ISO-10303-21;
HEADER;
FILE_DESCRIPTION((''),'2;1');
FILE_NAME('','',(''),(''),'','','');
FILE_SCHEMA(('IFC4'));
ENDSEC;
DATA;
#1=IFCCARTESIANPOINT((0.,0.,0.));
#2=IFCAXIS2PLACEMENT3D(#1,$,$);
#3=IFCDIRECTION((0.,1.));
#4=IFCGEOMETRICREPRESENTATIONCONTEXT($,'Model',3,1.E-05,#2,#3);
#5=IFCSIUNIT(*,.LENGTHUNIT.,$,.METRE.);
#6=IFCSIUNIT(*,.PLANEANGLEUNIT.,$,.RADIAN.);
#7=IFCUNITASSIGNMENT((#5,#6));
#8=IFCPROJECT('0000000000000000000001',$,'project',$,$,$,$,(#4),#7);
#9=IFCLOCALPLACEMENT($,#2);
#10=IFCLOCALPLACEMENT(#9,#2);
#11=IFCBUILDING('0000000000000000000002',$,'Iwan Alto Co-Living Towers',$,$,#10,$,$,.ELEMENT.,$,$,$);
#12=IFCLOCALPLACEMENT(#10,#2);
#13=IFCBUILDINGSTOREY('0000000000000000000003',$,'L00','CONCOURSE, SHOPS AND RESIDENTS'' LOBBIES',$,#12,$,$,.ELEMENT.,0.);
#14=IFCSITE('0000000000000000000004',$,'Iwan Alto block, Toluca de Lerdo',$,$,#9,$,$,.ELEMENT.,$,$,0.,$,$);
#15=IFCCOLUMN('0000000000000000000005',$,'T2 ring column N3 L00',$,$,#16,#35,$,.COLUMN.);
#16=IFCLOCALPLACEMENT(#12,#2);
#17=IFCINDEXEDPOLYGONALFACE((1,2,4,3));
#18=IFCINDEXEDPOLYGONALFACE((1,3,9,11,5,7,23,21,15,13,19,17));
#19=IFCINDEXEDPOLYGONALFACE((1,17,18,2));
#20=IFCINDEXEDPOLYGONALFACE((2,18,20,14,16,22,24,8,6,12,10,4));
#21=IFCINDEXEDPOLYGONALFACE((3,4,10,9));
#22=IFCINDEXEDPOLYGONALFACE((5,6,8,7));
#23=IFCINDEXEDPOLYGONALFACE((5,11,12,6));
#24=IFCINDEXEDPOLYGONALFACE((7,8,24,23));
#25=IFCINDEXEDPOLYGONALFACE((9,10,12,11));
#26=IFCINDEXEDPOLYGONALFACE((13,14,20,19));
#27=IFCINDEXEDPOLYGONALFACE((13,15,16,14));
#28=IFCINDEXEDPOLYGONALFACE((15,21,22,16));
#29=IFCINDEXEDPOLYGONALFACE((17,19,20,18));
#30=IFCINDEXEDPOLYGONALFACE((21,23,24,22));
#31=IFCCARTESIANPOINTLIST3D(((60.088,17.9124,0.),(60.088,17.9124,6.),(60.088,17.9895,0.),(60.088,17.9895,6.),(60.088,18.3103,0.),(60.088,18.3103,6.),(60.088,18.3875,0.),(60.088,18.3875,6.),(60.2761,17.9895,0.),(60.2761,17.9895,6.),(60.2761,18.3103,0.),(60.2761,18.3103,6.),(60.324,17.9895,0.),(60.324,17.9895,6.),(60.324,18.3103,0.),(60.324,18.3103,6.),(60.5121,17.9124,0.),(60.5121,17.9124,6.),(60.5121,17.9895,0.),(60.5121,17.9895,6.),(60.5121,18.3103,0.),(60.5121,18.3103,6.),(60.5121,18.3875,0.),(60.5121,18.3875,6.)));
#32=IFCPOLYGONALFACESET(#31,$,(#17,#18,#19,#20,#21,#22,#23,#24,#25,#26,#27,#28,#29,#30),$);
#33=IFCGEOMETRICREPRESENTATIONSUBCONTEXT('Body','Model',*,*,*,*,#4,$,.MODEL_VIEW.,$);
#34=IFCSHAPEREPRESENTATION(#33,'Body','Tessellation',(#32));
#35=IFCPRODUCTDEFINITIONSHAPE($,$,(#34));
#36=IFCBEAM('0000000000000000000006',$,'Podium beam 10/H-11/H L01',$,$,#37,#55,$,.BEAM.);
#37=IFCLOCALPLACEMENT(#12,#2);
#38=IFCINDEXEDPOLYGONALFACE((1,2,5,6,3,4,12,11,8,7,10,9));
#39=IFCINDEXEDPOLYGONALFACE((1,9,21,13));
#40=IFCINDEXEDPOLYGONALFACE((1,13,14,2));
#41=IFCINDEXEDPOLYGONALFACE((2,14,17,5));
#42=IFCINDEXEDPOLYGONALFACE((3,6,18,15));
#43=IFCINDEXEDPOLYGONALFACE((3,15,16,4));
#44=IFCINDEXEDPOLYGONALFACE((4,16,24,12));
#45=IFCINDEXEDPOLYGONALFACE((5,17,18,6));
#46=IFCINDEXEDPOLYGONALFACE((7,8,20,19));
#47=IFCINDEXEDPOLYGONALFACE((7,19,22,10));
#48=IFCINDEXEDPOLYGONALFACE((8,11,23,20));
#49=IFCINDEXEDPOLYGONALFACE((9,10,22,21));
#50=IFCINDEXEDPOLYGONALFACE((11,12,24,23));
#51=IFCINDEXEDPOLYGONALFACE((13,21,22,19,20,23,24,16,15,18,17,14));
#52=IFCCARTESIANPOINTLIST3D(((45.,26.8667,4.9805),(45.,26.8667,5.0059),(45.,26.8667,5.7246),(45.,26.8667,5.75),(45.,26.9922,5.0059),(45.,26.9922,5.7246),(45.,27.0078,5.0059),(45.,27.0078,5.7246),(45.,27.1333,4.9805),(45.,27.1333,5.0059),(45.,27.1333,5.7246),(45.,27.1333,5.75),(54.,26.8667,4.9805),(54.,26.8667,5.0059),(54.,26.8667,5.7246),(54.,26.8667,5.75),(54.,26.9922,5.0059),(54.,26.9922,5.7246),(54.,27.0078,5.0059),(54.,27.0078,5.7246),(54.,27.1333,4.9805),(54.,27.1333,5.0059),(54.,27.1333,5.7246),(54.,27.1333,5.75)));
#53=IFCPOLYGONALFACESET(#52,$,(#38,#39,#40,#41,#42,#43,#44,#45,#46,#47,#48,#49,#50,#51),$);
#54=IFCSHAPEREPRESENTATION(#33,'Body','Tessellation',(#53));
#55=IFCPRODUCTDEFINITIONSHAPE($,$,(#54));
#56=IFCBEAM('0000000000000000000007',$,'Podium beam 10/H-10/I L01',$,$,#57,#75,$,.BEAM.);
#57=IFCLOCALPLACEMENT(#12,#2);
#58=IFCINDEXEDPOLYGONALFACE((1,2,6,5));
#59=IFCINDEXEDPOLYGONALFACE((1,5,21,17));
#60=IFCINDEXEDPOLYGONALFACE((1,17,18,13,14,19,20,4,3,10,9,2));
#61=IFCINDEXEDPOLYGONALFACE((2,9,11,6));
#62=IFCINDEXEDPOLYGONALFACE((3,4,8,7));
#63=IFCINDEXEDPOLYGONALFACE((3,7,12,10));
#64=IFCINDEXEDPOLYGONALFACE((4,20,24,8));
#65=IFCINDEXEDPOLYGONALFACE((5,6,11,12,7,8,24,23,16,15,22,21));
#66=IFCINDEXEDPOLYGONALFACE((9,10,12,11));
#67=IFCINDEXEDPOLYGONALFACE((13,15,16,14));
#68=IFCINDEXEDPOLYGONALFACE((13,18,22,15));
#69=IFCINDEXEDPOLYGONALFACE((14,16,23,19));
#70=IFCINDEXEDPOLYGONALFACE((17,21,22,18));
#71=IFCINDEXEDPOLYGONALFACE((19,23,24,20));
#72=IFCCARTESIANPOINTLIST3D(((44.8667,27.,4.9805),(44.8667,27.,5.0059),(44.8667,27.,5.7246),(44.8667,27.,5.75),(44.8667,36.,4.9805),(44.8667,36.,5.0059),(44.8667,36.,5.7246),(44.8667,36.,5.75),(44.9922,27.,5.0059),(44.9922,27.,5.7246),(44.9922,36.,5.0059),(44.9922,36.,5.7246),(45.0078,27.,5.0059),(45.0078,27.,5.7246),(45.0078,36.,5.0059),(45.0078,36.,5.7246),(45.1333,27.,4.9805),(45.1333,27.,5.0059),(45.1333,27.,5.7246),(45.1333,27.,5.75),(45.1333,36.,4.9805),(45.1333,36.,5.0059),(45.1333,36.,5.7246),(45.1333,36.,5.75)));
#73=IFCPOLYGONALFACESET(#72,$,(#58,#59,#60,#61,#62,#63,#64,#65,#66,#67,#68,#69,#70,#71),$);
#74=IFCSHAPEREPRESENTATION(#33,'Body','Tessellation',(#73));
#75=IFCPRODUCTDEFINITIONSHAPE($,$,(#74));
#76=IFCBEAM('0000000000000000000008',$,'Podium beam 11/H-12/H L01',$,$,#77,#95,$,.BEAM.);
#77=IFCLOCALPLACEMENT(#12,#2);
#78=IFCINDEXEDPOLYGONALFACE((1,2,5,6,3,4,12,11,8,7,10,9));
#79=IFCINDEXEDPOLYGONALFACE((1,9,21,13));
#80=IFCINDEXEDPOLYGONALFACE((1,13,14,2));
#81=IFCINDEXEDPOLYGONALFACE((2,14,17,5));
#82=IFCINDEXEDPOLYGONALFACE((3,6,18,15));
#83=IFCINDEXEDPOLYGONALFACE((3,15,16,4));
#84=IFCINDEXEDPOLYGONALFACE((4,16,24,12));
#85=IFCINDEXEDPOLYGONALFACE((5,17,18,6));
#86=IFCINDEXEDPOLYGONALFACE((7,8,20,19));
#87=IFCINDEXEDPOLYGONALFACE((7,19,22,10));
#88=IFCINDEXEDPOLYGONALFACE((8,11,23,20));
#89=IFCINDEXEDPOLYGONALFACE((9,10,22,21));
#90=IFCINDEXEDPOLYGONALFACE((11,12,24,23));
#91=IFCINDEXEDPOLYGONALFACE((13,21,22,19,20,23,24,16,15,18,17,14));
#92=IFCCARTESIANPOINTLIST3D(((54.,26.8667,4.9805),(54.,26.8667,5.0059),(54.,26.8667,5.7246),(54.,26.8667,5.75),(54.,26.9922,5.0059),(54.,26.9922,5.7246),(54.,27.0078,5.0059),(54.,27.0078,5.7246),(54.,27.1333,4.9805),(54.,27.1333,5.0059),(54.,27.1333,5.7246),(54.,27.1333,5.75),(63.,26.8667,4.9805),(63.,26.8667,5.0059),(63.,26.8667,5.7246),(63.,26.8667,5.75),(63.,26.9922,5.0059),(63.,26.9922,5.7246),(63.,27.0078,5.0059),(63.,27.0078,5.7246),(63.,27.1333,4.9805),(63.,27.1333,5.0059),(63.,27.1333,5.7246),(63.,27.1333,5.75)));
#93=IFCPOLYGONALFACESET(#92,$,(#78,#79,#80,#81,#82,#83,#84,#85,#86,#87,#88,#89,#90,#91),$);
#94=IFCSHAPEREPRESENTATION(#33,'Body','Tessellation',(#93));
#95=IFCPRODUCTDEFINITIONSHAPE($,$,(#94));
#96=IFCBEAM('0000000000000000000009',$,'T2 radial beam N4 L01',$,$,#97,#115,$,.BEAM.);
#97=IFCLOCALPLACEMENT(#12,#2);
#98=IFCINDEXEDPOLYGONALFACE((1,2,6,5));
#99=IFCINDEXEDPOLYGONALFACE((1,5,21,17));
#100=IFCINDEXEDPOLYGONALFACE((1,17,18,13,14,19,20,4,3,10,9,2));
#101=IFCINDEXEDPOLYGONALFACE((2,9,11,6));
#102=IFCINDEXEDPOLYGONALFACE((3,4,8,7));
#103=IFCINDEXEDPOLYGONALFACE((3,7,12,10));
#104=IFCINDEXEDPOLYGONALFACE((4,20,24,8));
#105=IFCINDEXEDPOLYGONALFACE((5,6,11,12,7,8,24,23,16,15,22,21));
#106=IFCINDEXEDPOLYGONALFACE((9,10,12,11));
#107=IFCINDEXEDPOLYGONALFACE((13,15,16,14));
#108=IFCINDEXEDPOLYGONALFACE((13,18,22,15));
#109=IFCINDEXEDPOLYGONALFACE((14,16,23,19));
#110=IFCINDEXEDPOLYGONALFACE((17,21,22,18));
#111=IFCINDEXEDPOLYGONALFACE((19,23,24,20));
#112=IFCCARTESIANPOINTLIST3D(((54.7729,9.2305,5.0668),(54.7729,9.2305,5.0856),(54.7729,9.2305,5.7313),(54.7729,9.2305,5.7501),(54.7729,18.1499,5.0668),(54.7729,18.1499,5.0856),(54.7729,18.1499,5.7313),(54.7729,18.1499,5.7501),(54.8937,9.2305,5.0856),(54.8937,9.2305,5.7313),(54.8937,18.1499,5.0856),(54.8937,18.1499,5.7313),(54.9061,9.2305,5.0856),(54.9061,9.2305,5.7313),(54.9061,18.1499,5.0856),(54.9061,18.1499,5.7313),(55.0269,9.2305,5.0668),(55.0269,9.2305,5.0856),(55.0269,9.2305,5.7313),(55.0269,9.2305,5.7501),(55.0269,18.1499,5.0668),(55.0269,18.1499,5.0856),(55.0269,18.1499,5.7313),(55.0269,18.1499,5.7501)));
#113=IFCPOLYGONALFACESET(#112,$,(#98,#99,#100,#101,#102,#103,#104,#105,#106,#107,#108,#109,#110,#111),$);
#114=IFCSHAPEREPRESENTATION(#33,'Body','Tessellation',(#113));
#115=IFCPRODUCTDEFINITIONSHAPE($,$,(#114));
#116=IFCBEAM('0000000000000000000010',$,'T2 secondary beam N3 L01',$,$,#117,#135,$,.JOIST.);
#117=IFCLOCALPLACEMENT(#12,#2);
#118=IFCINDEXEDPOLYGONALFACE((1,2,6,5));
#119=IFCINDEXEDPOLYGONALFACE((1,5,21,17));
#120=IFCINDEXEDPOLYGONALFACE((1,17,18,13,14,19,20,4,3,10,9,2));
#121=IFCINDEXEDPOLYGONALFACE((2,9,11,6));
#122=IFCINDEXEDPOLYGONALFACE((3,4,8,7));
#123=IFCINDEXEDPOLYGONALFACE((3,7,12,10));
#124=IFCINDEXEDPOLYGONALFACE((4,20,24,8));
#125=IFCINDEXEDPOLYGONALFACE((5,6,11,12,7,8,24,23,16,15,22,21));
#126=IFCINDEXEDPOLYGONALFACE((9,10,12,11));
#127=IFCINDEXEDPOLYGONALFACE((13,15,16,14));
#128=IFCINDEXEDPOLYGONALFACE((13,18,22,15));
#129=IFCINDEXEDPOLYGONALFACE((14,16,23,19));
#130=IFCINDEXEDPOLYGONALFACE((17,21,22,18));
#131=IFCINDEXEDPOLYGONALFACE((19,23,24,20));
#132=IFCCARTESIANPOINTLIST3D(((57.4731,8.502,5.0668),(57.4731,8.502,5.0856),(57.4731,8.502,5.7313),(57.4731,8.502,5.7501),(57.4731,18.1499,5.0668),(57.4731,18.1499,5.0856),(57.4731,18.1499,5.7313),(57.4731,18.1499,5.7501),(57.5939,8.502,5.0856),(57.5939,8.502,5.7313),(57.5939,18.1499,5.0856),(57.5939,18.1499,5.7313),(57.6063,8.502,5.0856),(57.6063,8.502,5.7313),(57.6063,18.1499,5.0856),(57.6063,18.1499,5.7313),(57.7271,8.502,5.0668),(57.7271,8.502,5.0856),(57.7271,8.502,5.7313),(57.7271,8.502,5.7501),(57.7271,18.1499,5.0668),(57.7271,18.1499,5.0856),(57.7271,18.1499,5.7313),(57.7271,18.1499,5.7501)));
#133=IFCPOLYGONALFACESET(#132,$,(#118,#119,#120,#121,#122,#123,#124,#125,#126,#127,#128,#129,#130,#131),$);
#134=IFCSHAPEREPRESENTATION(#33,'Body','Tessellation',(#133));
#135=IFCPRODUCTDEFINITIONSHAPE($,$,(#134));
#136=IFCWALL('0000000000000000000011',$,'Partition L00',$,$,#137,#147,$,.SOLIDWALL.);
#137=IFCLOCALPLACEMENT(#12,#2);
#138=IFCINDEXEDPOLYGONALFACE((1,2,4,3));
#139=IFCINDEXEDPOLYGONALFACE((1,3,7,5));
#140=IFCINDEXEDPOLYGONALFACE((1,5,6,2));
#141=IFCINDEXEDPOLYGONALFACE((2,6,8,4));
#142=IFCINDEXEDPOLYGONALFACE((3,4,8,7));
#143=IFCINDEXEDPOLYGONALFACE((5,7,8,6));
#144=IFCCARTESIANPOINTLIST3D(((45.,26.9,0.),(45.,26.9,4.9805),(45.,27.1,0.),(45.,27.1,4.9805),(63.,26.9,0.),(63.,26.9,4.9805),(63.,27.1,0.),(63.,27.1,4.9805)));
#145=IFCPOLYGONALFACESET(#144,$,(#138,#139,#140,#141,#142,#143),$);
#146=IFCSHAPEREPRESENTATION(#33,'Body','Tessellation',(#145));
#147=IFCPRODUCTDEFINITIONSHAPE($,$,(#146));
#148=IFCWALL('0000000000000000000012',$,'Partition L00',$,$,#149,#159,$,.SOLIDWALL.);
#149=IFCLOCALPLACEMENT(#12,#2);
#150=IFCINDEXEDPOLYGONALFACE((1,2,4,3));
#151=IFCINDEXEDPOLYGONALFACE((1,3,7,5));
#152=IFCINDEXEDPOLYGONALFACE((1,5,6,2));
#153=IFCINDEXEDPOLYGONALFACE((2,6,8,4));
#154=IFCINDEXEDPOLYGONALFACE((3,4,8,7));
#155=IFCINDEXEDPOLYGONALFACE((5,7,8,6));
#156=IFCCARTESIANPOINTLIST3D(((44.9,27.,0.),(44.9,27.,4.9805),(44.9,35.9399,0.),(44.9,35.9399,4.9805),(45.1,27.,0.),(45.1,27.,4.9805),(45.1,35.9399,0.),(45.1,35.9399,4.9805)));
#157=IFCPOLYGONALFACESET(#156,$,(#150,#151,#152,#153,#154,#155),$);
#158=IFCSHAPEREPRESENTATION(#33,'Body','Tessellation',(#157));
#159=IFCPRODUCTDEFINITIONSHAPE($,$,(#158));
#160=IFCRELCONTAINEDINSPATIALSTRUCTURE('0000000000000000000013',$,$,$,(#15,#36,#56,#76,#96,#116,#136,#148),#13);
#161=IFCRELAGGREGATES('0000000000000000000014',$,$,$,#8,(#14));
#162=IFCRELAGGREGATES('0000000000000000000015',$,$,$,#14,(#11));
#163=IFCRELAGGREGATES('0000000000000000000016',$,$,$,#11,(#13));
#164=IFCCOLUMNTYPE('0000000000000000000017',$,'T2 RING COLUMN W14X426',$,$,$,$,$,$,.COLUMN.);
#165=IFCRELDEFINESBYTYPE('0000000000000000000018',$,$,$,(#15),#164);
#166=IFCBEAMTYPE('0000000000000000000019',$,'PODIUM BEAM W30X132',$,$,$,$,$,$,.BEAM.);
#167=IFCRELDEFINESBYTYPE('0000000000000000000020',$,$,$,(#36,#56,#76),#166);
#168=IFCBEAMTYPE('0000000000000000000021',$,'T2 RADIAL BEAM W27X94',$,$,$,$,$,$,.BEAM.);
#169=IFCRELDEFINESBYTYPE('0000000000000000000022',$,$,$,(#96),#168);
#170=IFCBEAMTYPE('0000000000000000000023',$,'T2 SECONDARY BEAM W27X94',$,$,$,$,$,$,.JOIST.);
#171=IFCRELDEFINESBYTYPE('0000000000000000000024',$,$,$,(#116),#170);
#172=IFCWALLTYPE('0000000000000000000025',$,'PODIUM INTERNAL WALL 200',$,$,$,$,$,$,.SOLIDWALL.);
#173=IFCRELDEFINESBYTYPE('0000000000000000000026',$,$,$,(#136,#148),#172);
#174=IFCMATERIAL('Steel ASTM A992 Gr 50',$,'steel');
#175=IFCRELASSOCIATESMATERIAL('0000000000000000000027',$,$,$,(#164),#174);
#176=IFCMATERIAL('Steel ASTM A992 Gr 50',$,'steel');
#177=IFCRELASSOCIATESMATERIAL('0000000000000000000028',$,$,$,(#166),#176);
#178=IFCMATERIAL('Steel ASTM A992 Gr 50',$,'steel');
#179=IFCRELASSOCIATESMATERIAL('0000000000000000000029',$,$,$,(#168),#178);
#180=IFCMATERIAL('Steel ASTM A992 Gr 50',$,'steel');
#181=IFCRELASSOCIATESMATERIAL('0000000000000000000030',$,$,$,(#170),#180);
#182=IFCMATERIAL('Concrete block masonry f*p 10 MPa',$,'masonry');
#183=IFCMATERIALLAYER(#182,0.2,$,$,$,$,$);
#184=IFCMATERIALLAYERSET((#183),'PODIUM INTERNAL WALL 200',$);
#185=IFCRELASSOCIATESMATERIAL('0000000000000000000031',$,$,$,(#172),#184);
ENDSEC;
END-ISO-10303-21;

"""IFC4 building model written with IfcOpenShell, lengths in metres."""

from ifc_helpers import new_model, si_unit, direction, frame, frame_2d, origin, origin_2d, place, context, subcontext, project, spatial, rectangle, i_section, extrude, material, layer, layer_set, material_profile, profile_set, type_object, element, save


model = new_model("IFC4")

# Units and contexts
model_context = context("Model", 3, precision=1e-05, world=origin(), true_north=direction((0.0, 1.0)))
body_context = subcontext(model_context, "Body", "Model", "MODEL_VIEW")
ifc_project = project(units=[si_unit("LENGTHUNIT", "METRE"), si_unit("PLANEANGLEUNIT", "RADIAN")], contexts=[model_context])

# Site, building, storey
site_placement = place(None, origin())
site = spatial("IfcSite", under=ifc_project, at=site_placement, Name="Iwan Alto block, Toluca de Lerdo", CompositionType="ELEMENT", RefElevation=0.0)
building_placement = place(site_placement, origin())
building = spatial("IfcBuilding", under=site, at=building_placement, Name="Iwan Alto Co-Living Towers", CompositionType="ELEMENT")
storey_placement = place(building_placement, origin())
storey = spatial("IfcBuildingStorey", under=building, at=storey_placement, Name="L00", Description="CONCOURSE, SHOPS AND RESIDENTS' LOBBIES", CompositionType="ELEMENT", Elevation=0.0)

# Column
ifc_material_1 = material(Name="Steel ASTM A992 Gr 50", Category="steel")
ifc_material_profile_1 = material_profile(ifc_material_1, i_section(OverallWidth=0.4241, OverallDepth=0.4751, WebThickness=0.0479, FlangeThickness=0.0771, at=origin_2d()), Name="W14X426")
ifc_profile_set_1 = profile_set([ifc_material_profile_1], Name="Steel ASTM A992 Gr 50")
column_type_1 = type_object("IfcColumnType", Name="T2 RING COLUMN W14X426", PredefinedType="COLUMN", material=ifc_profile_set_1)
column_1_placement = place(storey_placement, frame((60.3, 18.1499, 0.0), z_axis=(0.0, 0.0, 1.0), x_axis=(1.0, 0.0, 0.0)))
element("IfcColumn", 1, at=column_1_placement, inside=storey, type_object=column_type_1, Name="T2 ring column N3 L00", PredefinedType="COLUMN", context=body_context, shape_type="SweptSolid", body=[
    extrude(i_section(OverallWidth=0.4241, OverallDepth=0.4751, WebThickness=0.0479, FlangeThickness=0.0771, at=origin_2d()), origin(), (0.0, 0.0, 1.0), 6.0),
])

# Beams
ifc_material_2 = material(Name="Steel ASTM A992 Gr 50", Category="steel")
ifc_material_profile_2 = material_profile(ifc_material_2, i_section(OverallWidth=0.2666, OverallDepth=0.7695, WebThickness=0.0156, FlangeThickness=0.0254, at=origin_2d()), Name="W30X132")
ifc_profile_set_2 = profile_set([ifc_material_profile_2], Name="Steel ASTM A992 Gr 50")
beam_type_1 = type_object("IfcBeamType", Name="PODIUM BEAM W30X132", PredefinedType="BEAM", material=ifc_profile_set_2)
for number, where, z_axis, x_axis, name in (
    (2, (45.0, 27.0, 5.3652), (1.0, 0.0, 0.0), (0.0, 1.0, 0.0), "Podium beam 10/H-11/H L01"),
    (3, (45.0, 27.0, 5.3652), (0.0, 1.0, 0.0), (-1.0, 0.0, 0.0), "Podium beam 10/H-10/I L01"),
    (4, (54.0, 27.0, 5.3652), (1.0, 0.0, 0.0), (0.0, 1.0, 0.0), "Podium beam 11/H-12/H L01"),
):
    element("IfcBeam", number, at=place(storey_placement, frame(where, z_axis=z_axis, x_axis=x_axis)), inside=storey, type_object=beam_type_1, Name=name, PredefinedType="BEAM", context=body_context, shape_type="SweptSolid", body=[
        extrude(i_section(OverallWidth=0.2666, OverallDepth=0.7695, WebThickness=0.0156, FlangeThickness=0.0254, at=origin_2d()), origin(), (0.0, 0.0, 1.0), 9.0),
    ])
ifc_material_3 = material(Name="Steel ASTM A992 Gr 50", Category="steel")
ifc_material_profile_3 = material_profile(ifc_material_3, i_section(OverallWidth=0.2539, OverallDepth=0.6833, WebThickness=0.0125, FlangeThickness=0.0188, at=origin_2d()), Name="W27X94")
ifc_profile_set_3 = profile_set([ifc_material_profile_3], Name="Steel ASTM A992 Gr 50")
beam_type_2 = type_object("IfcBeamType", Name="T2 RADIAL BEAM W27X94", PredefinedType="BEAM", material=ifc_profile_set_3)
beam_1_placement = place(storey_placement, frame((54.8999, 18.1499, 5.4084), z_axis=(0.0, -1.0, 0.0), x_axis=(1.0, 0.0, 0.0)))
element("IfcBeam", 5, at=beam_1_placement, inside=storey, type_object=beam_type_2, Name="T2 radial beam N4 L01", PredefinedType="BEAM", context=body_context, shape_type="SweptSolid", body=[
    extrude(i_section(OverallWidth=0.2539, OverallDepth=0.6833, WebThickness=0.0125, FlangeThickness=0.0188, at=origin_2d()), origin(), (0.0, 0.0, 1.0), 8.9194),
])
ifc_material_4 = material(Name="Steel ASTM A992 Gr 50", Category="steel")
ifc_material_profile_4 = material_profile(ifc_material_4, i_section(OverallWidth=0.2539, OverallDepth=0.6833, WebThickness=0.0125, FlangeThickness=0.0188, at=origin_2d()), Name="W27X94")
ifc_profile_set_4 = profile_set([ifc_material_profile_4], Name="Steel ASTM A992 Gr 50")
beam_type_3 = type_object("IfcBeamType", Name="T2 SECONDARY BEAM W27X94", PredefinedType="JOIST", material=ifc_profile_set_4)
beam_2_placement = place(storey_placement, frame((57.6001, 18.1499, 5.4084), z_axis=(0.0, -1.0, 0.0), x_axis=(1.0, 0.0, 0.0)))
element("IfcBeam", 6, at=beam_2_placement, inside=storey, type_object=beam_type_3, Name="T2 secondary beam N3 L01", PredefinedType="JOIST", context=body_context, shape_type="SweptSolid", body=[
    extrude(i_section(OverallWidth=0.2539, OverallDepth=0.6833, WebThickness=0.0125, FlangeThickness=0.0188, at=origin_2d()), origin(), (0.0, 0.0, 1.0), 9.6479),
])

# Walls
ifc_material_5 = material(Name="Concrete block masonry f*p 10 MPa", Category="masonry")
ifc_layer = layer(ifc_material_5, 0.2)
ifc_layer_set = layer_set([ifc_layer], Name="PODIUM INTERNAL WALL 200")
wall_type = type_object("IfcWallType", Name="PODIUM INTERNAL WALL 200", PredefinedType="SOLIDWALL", material=ifc_layer_set)
wall_1_placement = place(storey_placement, frame((45.0, 27.0, 0.0), z_axis=(0.0, 0.0, 1.0), x_axis=(1.0, 0.0, 0.0)))
element("IfcWall", 7, at=wall_1_placement, inside=storey, type_object=wall_type, Name="Partition L00", PredefinedType="SOLIDWALL", context=body_context, shape_type="SweptSolid", body=[
    extrude(rectangle(XDim=18.0, YDim=0.2, at=frame_2d((9.0, 0.0))), origin(), (0.0, 0.0, 1.0), 4.9805),
])
wall_2_placement = place(storey_placement, frame((45.0, 27.0, 0.0), z_axis=(0.0, 0.0, 1.0), x_axis=(0.0, 1.0, 0.0)))
element("IfcWall", 8, at=wall_2_placement, inside=storey, type_object=wall_type, Name="Partition L00", PredefinedType="SOLIDWALL", context=body_context, shape_type="SweptSolid", body=[
    extrude(rectangle(XDim=8.9399, YDim=0.2, at=frame_2d((4.47, 0.0))), origin(), (0.0, 0.0, 1.0), 4.9805),
])

save(model, "model.ifc")
